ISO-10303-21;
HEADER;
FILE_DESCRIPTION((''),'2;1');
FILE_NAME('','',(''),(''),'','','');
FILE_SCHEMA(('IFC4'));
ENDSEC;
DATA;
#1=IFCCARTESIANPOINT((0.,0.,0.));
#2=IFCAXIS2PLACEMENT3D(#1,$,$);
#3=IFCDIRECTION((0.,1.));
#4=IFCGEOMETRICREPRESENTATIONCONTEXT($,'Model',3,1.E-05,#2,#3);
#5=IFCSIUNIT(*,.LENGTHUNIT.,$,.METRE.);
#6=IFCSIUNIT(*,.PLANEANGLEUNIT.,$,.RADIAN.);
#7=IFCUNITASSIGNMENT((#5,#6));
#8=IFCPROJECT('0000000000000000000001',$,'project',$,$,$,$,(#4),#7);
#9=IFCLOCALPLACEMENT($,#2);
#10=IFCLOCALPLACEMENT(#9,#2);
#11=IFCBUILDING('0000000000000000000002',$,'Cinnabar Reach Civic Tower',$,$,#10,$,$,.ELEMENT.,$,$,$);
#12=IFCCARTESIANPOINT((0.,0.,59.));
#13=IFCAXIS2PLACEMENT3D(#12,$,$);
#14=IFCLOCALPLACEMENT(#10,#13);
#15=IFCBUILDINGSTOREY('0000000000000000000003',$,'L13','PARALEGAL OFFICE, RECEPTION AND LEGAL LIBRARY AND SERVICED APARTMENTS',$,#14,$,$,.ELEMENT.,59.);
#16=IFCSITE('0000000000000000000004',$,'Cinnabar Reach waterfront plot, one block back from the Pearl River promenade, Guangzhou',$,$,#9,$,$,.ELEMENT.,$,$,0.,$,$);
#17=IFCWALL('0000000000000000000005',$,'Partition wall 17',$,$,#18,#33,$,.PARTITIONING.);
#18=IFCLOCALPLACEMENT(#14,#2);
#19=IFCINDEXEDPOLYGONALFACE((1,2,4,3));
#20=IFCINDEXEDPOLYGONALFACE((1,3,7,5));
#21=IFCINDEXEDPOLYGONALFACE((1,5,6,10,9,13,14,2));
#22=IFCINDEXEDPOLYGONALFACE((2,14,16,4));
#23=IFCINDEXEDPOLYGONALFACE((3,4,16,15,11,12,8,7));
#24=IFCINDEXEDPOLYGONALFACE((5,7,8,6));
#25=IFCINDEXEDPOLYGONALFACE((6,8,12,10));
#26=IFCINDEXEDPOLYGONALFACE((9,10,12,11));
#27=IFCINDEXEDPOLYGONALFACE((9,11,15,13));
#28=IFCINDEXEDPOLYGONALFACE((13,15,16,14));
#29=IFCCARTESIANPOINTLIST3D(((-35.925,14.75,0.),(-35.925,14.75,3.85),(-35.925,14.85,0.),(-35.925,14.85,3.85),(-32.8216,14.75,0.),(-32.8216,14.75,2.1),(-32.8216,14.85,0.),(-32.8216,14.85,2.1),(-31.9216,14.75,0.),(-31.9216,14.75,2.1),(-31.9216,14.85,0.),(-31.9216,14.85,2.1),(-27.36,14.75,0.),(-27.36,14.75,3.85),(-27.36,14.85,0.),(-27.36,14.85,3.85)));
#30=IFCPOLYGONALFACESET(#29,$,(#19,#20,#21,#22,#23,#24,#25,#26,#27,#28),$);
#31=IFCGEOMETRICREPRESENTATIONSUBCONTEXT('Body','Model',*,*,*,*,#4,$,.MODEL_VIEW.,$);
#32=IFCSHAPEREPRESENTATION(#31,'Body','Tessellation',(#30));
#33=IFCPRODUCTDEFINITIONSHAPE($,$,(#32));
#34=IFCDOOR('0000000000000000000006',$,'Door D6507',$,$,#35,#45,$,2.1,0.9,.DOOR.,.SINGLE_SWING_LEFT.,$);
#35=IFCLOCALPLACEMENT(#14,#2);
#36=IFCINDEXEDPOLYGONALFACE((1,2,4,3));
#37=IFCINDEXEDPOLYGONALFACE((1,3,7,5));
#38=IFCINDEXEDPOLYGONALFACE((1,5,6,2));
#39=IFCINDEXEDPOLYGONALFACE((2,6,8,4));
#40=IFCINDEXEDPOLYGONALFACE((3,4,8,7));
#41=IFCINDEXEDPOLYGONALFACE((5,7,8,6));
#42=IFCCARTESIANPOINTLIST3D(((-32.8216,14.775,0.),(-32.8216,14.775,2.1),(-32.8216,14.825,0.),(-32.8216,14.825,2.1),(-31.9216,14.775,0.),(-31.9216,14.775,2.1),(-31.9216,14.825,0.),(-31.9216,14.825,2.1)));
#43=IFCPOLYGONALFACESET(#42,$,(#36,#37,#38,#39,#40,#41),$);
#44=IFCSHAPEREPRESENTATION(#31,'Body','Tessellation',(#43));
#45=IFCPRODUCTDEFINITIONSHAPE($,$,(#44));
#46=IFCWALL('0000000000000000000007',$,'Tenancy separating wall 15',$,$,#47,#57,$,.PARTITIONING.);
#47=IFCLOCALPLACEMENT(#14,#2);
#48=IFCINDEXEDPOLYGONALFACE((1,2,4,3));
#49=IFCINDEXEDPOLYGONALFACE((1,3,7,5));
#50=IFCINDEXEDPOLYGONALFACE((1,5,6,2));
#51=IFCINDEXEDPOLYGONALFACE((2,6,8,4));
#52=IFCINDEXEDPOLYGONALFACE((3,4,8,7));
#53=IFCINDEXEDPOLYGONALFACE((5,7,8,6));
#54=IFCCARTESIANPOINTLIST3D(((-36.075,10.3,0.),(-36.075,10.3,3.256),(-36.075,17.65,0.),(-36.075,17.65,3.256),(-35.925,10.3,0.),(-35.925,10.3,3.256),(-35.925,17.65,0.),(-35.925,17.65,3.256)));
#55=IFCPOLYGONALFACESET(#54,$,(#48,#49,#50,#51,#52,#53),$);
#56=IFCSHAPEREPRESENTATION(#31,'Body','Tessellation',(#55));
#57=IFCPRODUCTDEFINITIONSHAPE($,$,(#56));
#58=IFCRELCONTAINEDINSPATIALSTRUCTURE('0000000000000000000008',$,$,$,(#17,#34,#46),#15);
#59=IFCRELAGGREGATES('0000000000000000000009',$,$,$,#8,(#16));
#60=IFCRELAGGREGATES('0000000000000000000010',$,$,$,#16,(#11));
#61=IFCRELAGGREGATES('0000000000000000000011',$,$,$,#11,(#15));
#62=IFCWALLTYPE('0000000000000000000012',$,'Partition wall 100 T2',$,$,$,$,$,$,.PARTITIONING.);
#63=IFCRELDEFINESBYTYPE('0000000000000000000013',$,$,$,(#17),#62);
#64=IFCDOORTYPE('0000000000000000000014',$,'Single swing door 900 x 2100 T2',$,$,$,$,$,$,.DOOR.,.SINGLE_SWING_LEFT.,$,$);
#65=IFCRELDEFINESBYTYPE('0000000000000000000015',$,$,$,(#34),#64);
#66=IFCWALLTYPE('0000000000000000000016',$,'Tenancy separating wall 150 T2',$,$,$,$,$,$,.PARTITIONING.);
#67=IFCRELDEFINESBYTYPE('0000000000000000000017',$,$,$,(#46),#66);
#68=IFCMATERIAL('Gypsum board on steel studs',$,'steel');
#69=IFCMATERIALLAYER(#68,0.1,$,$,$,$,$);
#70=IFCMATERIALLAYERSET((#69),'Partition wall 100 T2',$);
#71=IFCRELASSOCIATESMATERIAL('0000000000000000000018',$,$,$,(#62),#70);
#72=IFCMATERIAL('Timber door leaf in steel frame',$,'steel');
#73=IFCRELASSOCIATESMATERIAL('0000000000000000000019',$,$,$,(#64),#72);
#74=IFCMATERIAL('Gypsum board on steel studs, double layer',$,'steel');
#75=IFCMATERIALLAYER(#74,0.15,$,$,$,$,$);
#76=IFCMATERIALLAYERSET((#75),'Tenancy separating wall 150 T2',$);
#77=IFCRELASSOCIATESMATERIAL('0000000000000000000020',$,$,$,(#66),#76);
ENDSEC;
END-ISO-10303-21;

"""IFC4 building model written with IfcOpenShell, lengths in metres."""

from ifc_helpers import new_model, si_unit, direction, frame, frame_2d, origin, place, context, subcontext, project, spatial, rectangle, extrude, material, layer, layer_set, type_object, element, fill, save


model = new_model("IFC4")

# Units and contexts
model_context = context("Model", 3, precision=1e-05, world=origin(), true_north=direction((0.0, 1.0)))
body_context = subcontext(model_context, "Body", "Model", "MODEL_VIEW")
ifc_project = project(units=[si_unit("LENGTHUNIT", "METRE"), si_unit("PLANEANGLEUNIT", "RADIAN")], contexts=[model_context])

# Site, building, storey
site_placement = place(None, origin())
site = spatial("IfcSite", under=ifc_project, at=site_placement, Name="Cinnabar Reach waterfront plot, one block back from the Pearl River promenade, Guangzhou", CompositionType="ELEMENT", RefElevation=0.0)
building_placement = place(site_placement, origin())
building = spatial("IfcBuilding", under=site, at=building_placement, Name="Cinnabar Reach Civic Tower", CompositionType="ELEMENT")
storey_placement = place(building_placement, frame((0.0, 0.0, 59.0)))
storey = spatial("IfcBuildingStorey", under=building, at=storey_placement, Name="L13", Description="PARALEGAL OFFICE, RECEPTION AND LEGAL LIBRARY AND SERVICED APARTMENTS", CompositionType="ELEMENT", Elevation=59.0)

# Wall, opening, door
ifc_material_1 = material(Name="Gypsum board on steel studs", Category="steel")
ifc_layer_1 = layer(ifc_material_1, 0.1)
ifc_layer_set_1 = layer_set([ifc_layer_1], Name="Partition wall 100 T2")
wall_type_1 = type_object("IfcWallType", Name="Partition wall 100 T2", PredefinedType="PARTITIONING", material=ifc_layer_set_1)
wall_1_placement = place(storey_placement, frame((-35.925, 14.8, 0.0), z_axis=(0.0, 0.0, 1.0), x_axis=(1.0, 0.0, 0.0)))
wall_1 = element("IfcWall", 1, at=wall_1_placement, inside=storey, type_object=wall_type_1, Name="Partition wall 17", PredefinedType="PARTITIONING", context=body_context, shape_type="SweptSolid", body=[
    extrude(rectangle(XDim=8.565, YDim=0.1, at=frame_2d((4.2825, 0.0))), origin(), (0.0, 0.0, 1.0), 3.85),
])
opening_placement = place(wall_1_placement, frame((3.1034, 0.0, 0.0)))
opening = element("IfcOpeningElement", 2, at=opening_placement, cuts=wall_1, PredefinedType="OPENING", context=body_context, shape_type="SweptSolid", body=[
    extrude(rectangle(XDim=0.9, YDim=2.1, at=frame_2d((0.45, 1.05))), frame((0.0, 0.06, 0.0), z_axis=(0.0, -1.0, 0.0), x_axis=(1.0, 0.0, 0.0)), (0.0, 0.0, 1.0), 0.12),
])
ifc_material_2 = material(Name="Timber door leaf in steel frame", Category="steel")
door_type = type_object("IfcDoorType", Name="Single swing door 900 x 2100 T2", OperationType="SINGLE_SWING_LEFT", PredefinedType="DOOR", material=ifc_material_2)
door_placement = place(opening_placement, origin())
door = element("IfcDoor", 3, at=door_placement, inside=storey, type_object=door_type, Name="Door D6507", OperationType="SINGLE_SWING_LEFT", OverallHeight=2.1, OverallWidth=0.9, PredefinedType="DOOR", context=body_context, shape_type="SweptSolid", body=[
    extrude(rectangle(XDim=0.9, YDim=2.1, at=frame_2d((0.45, 1.05))), frame((0.0, 0.025, 0.0), z_axis=(0.0, -1.0, 0.0), x_axis=(1.0, 0.0, 0.0)), (0.0, 0.0, 1.0), 0.05),
])
fill(opening, door)

# Wall
ifc_material_3 = material(Name="Gypsum board on steel studs, double layer", Category="steel")
ifc_layer_2 = layer(ifc_material_3, 0.15)
ifc_layer_set_2 = layer_set([ifc_layer_2], Name="Tenancy separating wall 150 T2")
wall_type_2 = type_object("IfcWallType", Name="Tenancy separating wall 150 T2", PredefinedType="PARTITIONING", material=ifc_layer_set_2)
wall_2_placement = place(storey_placement, frame((-36.0, 10.3, 0.0), z_axis=(0.0, 0.0, 1.0), x_axis=(0.0, 1.0, 0.0)))
element("IfcWall", 4, at=wall_2_placement, inside=storey, type_object=wall_type_2, Name="Tenancy separating wall 15", PredefinedType="PARTITIONING", context=body_context, shape_type="SweptSolid", body=[
    extrude(rectangle(XDim=7.35, YDim=0.15, at=frame_2d((3.675, 0.0))), origin(), (0.0, 0.0, 1.0), 3.256),
])

save(model, "model.ifc")
